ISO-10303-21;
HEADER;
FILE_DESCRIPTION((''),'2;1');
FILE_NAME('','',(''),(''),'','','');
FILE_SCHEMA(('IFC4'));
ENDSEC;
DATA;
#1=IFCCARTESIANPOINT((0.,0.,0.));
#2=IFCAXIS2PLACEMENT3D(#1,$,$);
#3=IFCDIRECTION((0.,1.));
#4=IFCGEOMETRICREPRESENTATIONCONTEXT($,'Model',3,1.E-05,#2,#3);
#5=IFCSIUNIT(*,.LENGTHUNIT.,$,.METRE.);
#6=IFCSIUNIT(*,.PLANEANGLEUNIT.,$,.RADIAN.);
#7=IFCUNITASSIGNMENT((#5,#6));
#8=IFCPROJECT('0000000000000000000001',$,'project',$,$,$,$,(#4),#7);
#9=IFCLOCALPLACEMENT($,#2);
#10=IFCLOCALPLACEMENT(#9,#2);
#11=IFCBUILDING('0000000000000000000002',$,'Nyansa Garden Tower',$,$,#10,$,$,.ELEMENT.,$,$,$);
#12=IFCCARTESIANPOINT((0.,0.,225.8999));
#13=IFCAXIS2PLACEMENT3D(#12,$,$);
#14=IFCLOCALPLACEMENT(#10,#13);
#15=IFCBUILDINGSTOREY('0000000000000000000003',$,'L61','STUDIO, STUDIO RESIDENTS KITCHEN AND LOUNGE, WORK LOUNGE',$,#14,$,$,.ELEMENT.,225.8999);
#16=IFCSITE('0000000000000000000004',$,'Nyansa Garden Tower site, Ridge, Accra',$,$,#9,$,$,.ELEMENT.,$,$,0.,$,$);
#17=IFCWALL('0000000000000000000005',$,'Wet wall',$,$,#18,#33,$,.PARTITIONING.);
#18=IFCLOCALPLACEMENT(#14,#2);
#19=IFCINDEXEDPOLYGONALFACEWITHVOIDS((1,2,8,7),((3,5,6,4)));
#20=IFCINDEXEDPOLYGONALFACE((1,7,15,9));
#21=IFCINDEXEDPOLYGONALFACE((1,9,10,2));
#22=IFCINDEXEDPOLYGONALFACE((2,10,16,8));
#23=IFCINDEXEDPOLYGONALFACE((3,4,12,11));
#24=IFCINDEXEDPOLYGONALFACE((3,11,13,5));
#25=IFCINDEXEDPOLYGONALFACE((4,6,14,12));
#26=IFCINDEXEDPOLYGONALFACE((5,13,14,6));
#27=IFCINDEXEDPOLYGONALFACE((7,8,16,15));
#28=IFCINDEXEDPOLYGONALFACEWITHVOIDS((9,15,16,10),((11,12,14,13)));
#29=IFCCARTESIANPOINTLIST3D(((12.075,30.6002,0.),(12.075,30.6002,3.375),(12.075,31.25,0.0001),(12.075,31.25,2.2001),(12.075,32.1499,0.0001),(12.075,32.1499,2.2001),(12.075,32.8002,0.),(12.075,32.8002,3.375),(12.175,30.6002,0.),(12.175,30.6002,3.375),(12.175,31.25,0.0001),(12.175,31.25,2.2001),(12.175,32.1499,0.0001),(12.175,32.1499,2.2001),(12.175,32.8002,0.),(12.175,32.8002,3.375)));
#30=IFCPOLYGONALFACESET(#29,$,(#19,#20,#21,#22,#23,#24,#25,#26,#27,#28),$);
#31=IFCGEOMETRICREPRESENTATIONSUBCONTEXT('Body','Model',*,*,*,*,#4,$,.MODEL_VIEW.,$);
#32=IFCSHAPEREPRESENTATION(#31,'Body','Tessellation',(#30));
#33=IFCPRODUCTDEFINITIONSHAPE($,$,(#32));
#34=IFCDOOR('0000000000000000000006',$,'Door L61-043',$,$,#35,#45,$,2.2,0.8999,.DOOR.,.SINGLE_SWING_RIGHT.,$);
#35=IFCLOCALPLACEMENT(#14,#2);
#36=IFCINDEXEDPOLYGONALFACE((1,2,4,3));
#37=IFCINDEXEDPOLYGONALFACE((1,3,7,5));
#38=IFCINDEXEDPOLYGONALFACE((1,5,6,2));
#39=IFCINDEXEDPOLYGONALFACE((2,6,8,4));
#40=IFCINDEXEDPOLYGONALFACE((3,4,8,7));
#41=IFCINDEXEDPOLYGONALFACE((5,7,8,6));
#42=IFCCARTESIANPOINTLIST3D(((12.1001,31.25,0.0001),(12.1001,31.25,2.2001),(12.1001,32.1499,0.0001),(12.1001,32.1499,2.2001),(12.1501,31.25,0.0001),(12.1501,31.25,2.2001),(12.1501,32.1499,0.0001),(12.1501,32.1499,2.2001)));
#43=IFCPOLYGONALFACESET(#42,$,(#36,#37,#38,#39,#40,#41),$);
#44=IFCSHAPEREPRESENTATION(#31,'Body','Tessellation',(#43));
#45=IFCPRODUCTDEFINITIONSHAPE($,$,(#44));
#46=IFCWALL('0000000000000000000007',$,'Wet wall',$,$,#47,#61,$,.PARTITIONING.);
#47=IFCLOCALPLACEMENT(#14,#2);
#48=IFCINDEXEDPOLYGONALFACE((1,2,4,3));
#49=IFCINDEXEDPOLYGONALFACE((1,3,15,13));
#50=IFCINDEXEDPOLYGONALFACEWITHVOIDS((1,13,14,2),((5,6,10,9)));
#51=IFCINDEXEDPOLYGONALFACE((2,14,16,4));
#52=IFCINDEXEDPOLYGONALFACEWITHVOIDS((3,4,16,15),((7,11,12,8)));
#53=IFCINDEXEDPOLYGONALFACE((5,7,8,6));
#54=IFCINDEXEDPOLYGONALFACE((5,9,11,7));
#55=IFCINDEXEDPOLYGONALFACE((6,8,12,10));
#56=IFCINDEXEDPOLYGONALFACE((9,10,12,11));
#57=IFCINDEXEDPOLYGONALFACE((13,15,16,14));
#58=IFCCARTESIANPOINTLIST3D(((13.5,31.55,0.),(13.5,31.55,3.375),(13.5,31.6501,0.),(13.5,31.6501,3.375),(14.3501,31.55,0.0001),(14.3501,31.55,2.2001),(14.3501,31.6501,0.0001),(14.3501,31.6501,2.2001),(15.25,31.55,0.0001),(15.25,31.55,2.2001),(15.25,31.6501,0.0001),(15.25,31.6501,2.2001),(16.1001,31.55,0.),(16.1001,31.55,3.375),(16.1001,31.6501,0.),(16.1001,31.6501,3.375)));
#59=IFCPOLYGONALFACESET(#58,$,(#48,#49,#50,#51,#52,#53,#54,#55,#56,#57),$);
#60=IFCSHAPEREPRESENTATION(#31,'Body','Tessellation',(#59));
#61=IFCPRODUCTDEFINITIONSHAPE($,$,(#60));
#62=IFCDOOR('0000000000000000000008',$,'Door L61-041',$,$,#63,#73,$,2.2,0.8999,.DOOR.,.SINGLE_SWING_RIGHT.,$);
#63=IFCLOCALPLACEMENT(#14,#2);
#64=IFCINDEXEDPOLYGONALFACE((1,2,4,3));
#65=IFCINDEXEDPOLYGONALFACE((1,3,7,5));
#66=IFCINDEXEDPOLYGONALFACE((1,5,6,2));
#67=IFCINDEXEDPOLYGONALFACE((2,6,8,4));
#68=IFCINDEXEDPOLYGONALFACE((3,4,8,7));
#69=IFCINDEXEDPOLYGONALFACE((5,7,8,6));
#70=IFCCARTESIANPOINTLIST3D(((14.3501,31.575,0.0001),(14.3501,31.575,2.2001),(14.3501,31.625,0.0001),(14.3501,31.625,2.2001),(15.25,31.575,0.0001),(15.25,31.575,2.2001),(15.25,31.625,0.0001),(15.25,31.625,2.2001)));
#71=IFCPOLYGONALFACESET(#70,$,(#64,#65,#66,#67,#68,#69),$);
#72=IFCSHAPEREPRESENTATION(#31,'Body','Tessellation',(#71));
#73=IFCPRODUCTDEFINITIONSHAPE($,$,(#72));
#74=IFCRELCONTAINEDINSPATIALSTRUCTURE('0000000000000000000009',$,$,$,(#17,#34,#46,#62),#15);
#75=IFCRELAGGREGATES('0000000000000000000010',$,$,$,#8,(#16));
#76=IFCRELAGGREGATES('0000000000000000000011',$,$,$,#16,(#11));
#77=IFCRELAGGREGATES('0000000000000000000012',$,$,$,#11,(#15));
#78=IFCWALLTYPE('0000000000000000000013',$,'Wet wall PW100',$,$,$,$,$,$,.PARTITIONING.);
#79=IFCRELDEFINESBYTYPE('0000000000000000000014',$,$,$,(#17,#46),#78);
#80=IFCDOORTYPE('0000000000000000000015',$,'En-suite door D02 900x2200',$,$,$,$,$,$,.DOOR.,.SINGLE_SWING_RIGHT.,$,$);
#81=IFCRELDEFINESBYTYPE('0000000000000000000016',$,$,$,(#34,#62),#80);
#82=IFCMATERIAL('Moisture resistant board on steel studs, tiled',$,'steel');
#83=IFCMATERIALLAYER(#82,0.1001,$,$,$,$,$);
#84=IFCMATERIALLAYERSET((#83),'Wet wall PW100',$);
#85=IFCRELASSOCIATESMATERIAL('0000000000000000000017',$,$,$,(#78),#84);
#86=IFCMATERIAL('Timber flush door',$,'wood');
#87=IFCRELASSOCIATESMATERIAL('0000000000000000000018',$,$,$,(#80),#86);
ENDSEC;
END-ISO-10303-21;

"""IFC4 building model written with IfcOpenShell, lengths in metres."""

from ifc_helpers import new_model, si_unit, direction, frame, frame_2d, origin, place, context, subcontext, project, spatial, rectangle, extrude, material, layer, layer_set, type_object, element, fill, save


model = new_model("IFC4")

# Units and contexts
model_context = context("Model", 3, precision=1e-05, world=origin(), true_north=direction((0.0, 1.0)))
body_context = subcontext(model_context, "Body", "Model", "MODEL_VIEW")
ifc_project = project(units=[si_unit("LENGTHUNIT", "METRE"), si_unit("PLANEANGLEUNIT", "RADIAN")], contexts=[model_context])

# Site, building, storey
site_placement = place(None, origin())
site = spatial("IfcSite", under=ifc_project, at=site_placement, Name="Nyansa Garden Tower site, Ridge, Accra", CompositionType="ELEMENT", RefElevation=0.0)
building_placement = place(site_placement, origin())
building = spatial("IfcBuilding", under=site, at=building_placement, Name="Nyansa Garden Tower", CompositionType="ELEMENT")
storey_placement = place(building_placement, frame((0.0, 0.0, 225.8999)))
storey = spatial("IfcBuildingStorey", under=building, at=storey_placement, Name="L61", Description="STUDIO, STUDIO RESIDENTS KITCHEN AND LOUNGE, WORK LOUNGE", CompositionType="ELEMENT", Elevation=225.8999)

# Shared definitions
ifc_material_1 = material(Name="Moisture resistant board on steel studs, tiled", Category="steel")
ifc_layer_1 = layer(ifc_material_1, 0.1001)
ifc_layer_set_1 = layer_set([ifc_layer_1], Name="Wet wall PW100")
wall_type_1 = type_object("IfcWallType", Name="Wet wall PW100", PredefinedType="PARTITIONING", material=ifc_layer_set_1)

# Walls, openings, doors
wall_1_placement = place(storey_placement, frame((12.125, 30.6001, 0.0), z_axis=(0.0, 0.0, 1.0), x_axis=(0.0, 1.0, 0.0)))
wall_1 = element("IfcWall", 1, at=wall_1_placement, inside=storey, type_object=wall_type_1, Name="Wet wall", PredefinedType="PARTITIONING", context=body_context, shape_type="SweptSolid", body=[
    extrude(rectangle(XDim=2.2, YDim=0.1001, at=frame_2d((1.1001, 0.0))), origin(), (0.0, 0.0, 1.0), 3.375),
])
opening_1_placement = place(wall_1_placement, frame((0.6499, 0.0, 0.0)))
opening_1 = element("IfcOpeningElement", 2, at=opening_1_placement, cuts=wall_1, PredefinedType="OPENING", context=body_context, shape_type="SweptSolid", body=[
    extrude(rectangle(XDim=0.8999, YDim=2.2, at=frame_2d((0.45, 1.1001))), frame((0.0, 0.0601, 0.0), z_axis=(0.0, -1.0, 0.0), x_axis=(1.0, 0.0, 0.0)), (0.0, 0.0, 1.0), 0.1201),
])
ifc_material_2 = material(Name="Timber flush door", Category="wood")
door_type_1 = type_object("IfcDoorType", Name="En-suite door D02 900x2200", OperationType="SINGLE_SWING_RIGHT", PredefinedType="DOOR", material=ifc_material_2)
door_1_placement = place(opening_1_placement, origin())
door_1 = element("IfcDoor", 3, at=door_1_placement, inside=storey, type_object=door_type_1, Name="Door L61-043", OperationType="SINGLE_SWING_RIGHT", OverallHeight=2.2, OverallWidth=0.8999, PredefinedType="DOOR", context=body_context, shape_type="SweptSolid", body=[
    extrude(rectangle(XDim=0.8999, YDim=2.2, at=frame_2d((0.45, 1.1001))), frame((0.0, 0.0249, 0.0), z_axis=(0.0, -1.0, 0.0), x_axis=(1.0, 0.0, 0.0)), (0.0, 0.0, 1.0), 0.05),
])
fill(opening_1, door_1)
wall_2_placement = place(storey_placement, frame((13.5, 31.6001, 0.0), z_axis=(0.0, 0.0, 1.0), x_axis=(1.0, 0.0, 0.0)))
wall_2 = element("IfcWall", 4, at=wall_2_placement, inside=storey, type_object=wall_type_1, Name="Wet wall", PredefinedType="PARTITIONING", context=body_context, shape_type="SweptSolid", body=[
    extrude(rectangle(XDim=2.6001, YDim=0.1001, at=frame_2d((1.3, 0.0))), origin(), (0.0, 0.0, 1.0), 3.375),
])
opening_2_placement = place(wall_2_placement, frame((0.8501, 0.0, 0.0)))
opening_2 = element("IfcOpeningElement", 5, at=opening_2_placement, cuts=wall_2, PredefinedType="OPENING", context=body_context, shape_type="SweptSolid", body=[
    extrude(rectangle(XDim=0.8999, YDim=2.2, at=frame_2d((0.45, 1.1001))), frame((0.0, 0.0601, 0.0), z_axis=(0.0, -1.0, 0.0), x_axis=(1.0, 0.0, 0.0)), (0.0, 0.0, 1.0), 0.1201),
])
door_2_placement = place(opening_2_placement, origin())
door_2 = element("IfcDoor", 6, at=door_2_placement, inside=storey, type_object=door_type_1, Name="Door L61-041", OperationType="SINGLE_SWING_RIGHT", OverallHeight=2.2, OverallWidth=0.8999, PredefinedType="DOOR", context=body_context, shape_type="SweptSolid", body=[
    extrude(rectangle(XDim=0.8999, YDim=2.2, at=frame_2d((0.45, 1.1001))), frame((0.0, 0.0249, 0.0), z_axis=(0.0, -1.0, 0.0), x_axis=(1.0, 0.0, 0.0)), (0.0, 0.0, 1.0), 0.05),
])
fill(opening_2, door_2)

save(model, "model.ifc")
